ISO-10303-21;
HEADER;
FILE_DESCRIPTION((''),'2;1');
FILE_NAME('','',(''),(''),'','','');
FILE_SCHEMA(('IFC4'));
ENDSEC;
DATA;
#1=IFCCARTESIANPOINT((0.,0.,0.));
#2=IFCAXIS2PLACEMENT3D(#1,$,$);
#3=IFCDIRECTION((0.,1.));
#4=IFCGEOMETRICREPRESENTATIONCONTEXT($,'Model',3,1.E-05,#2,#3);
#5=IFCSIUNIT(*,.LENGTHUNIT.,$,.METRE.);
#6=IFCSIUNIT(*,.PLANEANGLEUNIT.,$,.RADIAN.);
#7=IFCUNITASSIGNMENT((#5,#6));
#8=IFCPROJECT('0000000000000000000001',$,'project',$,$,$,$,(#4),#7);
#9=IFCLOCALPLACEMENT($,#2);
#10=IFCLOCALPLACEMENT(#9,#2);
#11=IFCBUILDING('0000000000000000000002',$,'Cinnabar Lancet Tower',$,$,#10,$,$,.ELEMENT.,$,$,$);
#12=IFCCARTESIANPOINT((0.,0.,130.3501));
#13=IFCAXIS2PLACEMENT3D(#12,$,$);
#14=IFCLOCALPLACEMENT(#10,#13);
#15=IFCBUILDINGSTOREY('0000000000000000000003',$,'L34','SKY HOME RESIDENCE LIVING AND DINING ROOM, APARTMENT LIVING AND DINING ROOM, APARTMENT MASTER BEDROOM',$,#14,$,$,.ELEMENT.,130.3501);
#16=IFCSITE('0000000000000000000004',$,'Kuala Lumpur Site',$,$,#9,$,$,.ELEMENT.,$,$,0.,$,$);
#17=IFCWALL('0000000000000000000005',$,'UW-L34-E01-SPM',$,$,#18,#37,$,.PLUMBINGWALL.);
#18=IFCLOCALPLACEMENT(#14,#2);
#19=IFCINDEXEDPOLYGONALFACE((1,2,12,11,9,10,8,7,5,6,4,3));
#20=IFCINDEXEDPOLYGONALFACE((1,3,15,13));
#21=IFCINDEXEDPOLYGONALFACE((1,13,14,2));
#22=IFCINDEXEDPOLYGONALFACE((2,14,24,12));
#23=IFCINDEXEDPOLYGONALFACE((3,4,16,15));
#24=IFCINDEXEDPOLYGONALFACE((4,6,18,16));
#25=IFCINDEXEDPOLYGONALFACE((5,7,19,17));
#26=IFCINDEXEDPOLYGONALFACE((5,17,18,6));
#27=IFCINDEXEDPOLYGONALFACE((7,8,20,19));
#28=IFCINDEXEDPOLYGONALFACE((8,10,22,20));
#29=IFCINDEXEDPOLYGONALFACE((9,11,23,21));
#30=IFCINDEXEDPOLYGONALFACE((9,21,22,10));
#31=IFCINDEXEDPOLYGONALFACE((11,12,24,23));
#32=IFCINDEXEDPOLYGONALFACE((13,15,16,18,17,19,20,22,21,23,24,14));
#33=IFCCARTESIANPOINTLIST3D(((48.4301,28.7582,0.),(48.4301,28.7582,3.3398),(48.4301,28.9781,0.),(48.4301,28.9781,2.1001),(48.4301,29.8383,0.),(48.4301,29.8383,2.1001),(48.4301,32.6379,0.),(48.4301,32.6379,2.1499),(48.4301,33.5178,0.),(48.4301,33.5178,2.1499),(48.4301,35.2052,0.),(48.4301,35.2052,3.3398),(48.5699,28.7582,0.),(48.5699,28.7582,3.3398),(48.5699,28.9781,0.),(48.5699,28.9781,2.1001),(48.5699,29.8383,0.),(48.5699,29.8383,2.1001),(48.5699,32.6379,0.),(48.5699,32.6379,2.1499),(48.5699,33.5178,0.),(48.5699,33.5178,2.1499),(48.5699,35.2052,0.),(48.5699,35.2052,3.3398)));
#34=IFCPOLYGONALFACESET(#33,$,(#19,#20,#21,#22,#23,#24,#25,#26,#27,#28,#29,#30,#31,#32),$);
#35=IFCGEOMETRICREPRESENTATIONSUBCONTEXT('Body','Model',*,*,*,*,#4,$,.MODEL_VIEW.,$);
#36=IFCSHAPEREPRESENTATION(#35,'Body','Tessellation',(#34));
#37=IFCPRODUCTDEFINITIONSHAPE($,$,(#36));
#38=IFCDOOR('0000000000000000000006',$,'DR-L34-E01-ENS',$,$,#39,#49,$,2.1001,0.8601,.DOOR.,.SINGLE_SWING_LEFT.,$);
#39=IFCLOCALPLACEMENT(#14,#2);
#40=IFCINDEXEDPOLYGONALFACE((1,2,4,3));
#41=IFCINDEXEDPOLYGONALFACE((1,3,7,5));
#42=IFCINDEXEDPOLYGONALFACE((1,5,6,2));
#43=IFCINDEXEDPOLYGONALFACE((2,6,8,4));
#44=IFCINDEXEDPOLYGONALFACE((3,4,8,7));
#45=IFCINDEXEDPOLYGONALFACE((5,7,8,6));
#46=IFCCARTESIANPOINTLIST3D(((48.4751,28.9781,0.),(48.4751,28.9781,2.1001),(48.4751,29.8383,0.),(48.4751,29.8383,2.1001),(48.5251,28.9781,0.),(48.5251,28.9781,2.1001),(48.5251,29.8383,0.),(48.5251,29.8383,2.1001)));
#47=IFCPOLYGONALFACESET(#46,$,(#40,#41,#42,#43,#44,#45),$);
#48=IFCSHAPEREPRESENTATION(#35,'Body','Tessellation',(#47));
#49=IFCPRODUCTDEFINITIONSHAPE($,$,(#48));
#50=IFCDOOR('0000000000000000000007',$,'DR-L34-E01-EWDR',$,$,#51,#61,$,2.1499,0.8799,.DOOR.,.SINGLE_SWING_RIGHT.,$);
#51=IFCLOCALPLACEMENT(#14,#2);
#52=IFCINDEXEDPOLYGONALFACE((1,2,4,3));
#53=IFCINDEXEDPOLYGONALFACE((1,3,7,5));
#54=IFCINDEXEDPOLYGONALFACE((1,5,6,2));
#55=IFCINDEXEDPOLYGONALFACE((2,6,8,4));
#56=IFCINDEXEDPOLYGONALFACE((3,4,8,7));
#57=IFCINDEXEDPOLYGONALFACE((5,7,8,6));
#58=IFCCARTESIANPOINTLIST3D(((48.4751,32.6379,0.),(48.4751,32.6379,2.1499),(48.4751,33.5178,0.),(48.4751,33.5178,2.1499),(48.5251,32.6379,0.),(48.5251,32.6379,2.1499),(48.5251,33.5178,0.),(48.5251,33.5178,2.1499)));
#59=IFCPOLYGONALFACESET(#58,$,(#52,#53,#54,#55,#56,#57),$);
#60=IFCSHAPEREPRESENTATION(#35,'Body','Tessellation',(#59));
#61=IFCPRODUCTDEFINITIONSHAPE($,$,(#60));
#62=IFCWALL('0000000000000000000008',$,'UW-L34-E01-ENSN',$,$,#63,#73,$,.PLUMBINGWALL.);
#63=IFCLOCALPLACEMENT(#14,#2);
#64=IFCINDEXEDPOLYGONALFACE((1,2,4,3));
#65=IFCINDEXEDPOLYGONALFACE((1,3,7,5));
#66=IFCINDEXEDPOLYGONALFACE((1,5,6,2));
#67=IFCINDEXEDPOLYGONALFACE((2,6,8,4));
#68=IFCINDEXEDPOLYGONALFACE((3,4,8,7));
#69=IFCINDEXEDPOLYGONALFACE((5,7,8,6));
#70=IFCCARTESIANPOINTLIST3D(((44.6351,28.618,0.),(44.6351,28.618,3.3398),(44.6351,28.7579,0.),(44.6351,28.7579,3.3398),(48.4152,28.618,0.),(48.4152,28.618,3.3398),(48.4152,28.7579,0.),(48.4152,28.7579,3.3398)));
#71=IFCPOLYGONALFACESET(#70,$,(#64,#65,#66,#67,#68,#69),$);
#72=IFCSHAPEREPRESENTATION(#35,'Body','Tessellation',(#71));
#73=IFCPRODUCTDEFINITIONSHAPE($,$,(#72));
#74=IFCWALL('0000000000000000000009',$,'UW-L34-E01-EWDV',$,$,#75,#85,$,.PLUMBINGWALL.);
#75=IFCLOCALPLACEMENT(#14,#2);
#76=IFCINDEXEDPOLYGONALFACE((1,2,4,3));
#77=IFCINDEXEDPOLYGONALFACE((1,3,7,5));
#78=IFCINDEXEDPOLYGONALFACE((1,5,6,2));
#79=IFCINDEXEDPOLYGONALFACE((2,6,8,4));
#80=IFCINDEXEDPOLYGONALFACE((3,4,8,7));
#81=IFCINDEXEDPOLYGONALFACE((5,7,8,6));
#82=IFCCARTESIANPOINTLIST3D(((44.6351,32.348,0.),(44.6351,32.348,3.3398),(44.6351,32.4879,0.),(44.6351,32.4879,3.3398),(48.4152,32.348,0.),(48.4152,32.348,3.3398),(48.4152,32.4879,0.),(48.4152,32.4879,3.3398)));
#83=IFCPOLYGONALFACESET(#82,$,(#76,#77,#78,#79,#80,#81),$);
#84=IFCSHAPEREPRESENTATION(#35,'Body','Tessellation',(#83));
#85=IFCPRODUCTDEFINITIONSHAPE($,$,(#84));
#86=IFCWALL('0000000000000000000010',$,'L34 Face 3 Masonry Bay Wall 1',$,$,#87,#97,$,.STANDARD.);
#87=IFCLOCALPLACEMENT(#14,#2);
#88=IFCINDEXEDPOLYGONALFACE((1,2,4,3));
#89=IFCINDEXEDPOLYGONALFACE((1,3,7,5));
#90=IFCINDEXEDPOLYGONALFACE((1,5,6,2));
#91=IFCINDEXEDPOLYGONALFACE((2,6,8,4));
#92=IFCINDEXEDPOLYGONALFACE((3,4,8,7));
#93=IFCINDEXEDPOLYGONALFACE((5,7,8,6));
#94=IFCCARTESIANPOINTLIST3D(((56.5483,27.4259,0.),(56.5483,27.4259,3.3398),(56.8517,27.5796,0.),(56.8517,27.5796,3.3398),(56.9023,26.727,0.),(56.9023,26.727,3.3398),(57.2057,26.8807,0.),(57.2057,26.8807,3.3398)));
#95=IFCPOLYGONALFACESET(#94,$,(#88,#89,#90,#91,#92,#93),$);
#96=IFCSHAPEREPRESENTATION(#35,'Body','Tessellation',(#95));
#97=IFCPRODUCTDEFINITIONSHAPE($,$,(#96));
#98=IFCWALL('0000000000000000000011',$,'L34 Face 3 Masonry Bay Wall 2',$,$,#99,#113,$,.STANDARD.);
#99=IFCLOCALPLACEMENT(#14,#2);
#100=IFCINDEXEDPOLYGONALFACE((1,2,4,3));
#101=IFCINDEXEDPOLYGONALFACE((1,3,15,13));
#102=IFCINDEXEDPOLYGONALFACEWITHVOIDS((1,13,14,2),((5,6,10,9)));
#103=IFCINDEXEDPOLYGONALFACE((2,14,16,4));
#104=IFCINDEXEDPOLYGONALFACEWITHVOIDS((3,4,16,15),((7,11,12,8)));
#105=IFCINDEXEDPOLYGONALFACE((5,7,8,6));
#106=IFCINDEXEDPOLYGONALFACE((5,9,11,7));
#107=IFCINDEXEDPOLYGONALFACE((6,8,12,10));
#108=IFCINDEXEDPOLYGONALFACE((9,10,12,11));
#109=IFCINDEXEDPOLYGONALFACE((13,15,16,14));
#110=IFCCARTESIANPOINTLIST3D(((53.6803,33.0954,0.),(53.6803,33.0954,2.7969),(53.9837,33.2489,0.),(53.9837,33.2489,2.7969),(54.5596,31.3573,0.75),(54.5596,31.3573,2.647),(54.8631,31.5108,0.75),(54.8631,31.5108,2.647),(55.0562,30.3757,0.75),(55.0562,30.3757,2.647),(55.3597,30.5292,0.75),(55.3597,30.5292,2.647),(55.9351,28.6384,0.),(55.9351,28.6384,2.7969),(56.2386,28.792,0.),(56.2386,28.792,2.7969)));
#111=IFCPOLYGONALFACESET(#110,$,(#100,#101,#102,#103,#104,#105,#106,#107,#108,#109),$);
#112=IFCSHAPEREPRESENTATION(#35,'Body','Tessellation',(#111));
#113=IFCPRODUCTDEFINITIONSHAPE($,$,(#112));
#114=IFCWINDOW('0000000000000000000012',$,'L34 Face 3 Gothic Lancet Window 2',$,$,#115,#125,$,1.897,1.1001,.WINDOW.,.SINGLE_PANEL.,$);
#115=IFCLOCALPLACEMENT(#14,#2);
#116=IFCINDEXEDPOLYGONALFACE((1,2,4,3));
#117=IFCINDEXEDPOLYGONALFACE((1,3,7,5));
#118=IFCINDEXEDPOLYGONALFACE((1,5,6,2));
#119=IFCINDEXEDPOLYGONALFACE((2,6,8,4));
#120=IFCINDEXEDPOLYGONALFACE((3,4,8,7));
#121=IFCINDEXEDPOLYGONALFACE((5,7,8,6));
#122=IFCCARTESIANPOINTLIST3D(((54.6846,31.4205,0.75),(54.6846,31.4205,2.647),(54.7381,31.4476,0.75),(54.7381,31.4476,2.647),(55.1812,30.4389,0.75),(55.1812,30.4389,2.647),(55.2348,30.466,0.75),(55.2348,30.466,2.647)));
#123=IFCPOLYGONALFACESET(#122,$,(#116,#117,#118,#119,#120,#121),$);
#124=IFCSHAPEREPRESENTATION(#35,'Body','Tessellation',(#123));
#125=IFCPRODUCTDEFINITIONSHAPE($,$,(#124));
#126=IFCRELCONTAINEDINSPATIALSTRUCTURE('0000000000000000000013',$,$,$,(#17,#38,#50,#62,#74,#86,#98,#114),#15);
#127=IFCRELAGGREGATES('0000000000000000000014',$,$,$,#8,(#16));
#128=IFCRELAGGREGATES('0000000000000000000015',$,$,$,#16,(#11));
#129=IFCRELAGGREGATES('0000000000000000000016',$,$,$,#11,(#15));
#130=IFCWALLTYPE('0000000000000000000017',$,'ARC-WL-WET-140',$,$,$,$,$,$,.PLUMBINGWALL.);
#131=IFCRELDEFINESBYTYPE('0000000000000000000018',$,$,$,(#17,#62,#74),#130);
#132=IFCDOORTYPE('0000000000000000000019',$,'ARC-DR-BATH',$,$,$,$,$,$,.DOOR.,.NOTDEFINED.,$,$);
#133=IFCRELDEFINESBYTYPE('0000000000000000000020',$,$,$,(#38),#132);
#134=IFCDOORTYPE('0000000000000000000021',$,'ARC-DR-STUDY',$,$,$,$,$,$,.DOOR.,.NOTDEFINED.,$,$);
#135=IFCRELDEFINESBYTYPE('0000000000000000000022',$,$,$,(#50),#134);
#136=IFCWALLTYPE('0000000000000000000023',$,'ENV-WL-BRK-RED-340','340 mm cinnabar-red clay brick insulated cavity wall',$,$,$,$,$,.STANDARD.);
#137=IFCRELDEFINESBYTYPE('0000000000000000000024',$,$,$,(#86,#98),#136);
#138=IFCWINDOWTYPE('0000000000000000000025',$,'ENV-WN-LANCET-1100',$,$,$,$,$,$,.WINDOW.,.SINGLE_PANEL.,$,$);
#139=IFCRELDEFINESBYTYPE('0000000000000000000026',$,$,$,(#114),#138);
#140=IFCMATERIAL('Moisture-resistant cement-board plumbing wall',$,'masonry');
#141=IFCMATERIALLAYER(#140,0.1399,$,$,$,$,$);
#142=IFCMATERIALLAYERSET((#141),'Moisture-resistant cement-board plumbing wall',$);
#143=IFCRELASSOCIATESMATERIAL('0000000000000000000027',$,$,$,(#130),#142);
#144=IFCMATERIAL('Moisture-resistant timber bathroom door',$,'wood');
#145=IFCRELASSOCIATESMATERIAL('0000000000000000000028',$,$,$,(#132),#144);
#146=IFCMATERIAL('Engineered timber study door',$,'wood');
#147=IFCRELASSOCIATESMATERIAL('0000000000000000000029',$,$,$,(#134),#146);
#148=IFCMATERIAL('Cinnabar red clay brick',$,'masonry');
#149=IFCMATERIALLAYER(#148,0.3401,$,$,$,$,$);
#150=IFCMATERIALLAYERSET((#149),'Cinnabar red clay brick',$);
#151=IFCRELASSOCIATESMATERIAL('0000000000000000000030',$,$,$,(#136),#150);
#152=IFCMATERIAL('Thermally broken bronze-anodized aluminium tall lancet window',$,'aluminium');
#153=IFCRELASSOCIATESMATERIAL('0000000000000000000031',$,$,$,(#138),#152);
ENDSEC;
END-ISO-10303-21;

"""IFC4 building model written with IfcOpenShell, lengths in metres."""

from ifc_helpers import new_model, si_unit, direction, frame, frame_2d, origin, place, context, subcontext, project, spatial, rectangle, extrude, material, layer, layer_set, type_object, element, fill, save


model = new_model("IFC4")

# Units and contexts
model_context = context("Model", 3, precision=1e-05, world=origin(), true_north=direction((0.0, 1.0)))
body_context = subcontext(model_context, "Body", "Model", "MODEL_VIEW")
ifc_project = project(units=[si_unit("LENGTHUNIT", "METRE"), si_unit("PLANEANGLEUNIT", "RADIAN")], contexts=[model_context])

# Site, building, storey
site_placement = place(None, origin())
site = spatial("IfcSite", under=ifc_project, at=site_placement, Name="Kuala Lumpur Site", CompositionType="ELEMENT", RefElevation=0.0)
building_placement = place(site_placement, origin())
building = spatial("IfcBuilding", under=site, at=building_placement, Name="Cinnabar Lancet Tower", CompositionType="ELEMENT")
storey_placement = place(building_placement, frame((0.0, 0.0, 130.3501)))
storey = spatial("IfcBuildingStorey", under=building, at=storey_placement, Name="L34", Description="SKY HOME RESIDENCE LIVING AND DINING ROOM, APARTMENT LIVING AND DINING ROOM, APARTMENT MASTER BEDROOM", CompositionType="ELEMENT", Elevation=130.3501)

# Wall, openings, doors
ifc_material_1 = material(Name="Moisture-resistant cement-board plumbing wall", Category="masonry")
ifc_layer_1 = layer(ifc_material_1, 0.1399)
ifc_layer_set_1 = layer_set([ifc_layer_1], Name="Moisture-resistant cement-board plumbing wall")
wall_type_1 = type_object("IfcWallType", Name="ARC-WL-WET-140", PredefinedType="PLUMBINGWALL", material=ifc_layer_set_1)
wall_1_placement = place(storey_placement, frame((48.5, 28.7581, 0.0), z_axis=(0.0, 0.0, 1.0), x_axis=(0.0, 1.0, 0.0)))
wall_1 = element("IfcWall", 1, at=wall_1_placement, inside=storey, type_object=wall_type_1, Name="UW-L34-E01-SPM", PredefinedType="PLUMBINGWALL", context=body_context, shape_type="SweptSolid", body=[
    extrude(rectangle(XDim=6.447, YDim=0.1399, at=frame_2d((3.2236, 0.0))), origin(), (0.0, 0.0, 1.0), 3.3398),
])
opening_1_placement = place(wall_1_placement, frame((0.22, 0.0, 0.0)))
opening_1 = element("IfcOpeningElement", 2, at=opening_1_placement, cuts=wall_1, PredefinedType="OPENING", context=body_context, shape_type="SweptSolid", body=[
    extrude(rectangle(XDim=0.8601, YDim=2.1001, at=frame_2d((0.4302, 1.05))), frame((0.0, 0.0798, 0.0), z_axis=(0.0, -1.0, 0.0), x_axis=(1.0, 0.0, 0.0)), (0.0, 0.0, 1.0), 0.1599),
])
opening_2_placement = place(wall_1_placement, frame((3.8799, 0.0, 0.0)))
opening_2 = element("IfcOpeningElement", 3, at=opening_2_placement, cuts=wall_1, PredefinedType="OPENING", context=body_context, shape_type="SweptSolid", body=[
    extrude(rectangle(XDim=0.8799, YDim=2.1499, at=frame_2d((0.4399, 1.075))), frame((0.0, 0.0798, 0.0), z_axis=(0.0, -1.0, 0.0), x_axis=(1.0, 0.0, 0.0)), (0.0, 0.0, 1.0), 0.1599),
])
ifc_material_2 = material(Name="Moisture-resistant timber bathroom door", Category="wood")
door_type_1 = type_object("IfcDoorType", Name="ARC-DR-BATH", OperationType="NOTDEFINED", PredefinedType="DOOR", material=ifc_material_2)
door_1_placement = place(opening_1_placement, origin())
door_1 = element("IfcDoor", 4, at=door_1_placement, inside=storey, type_object=door_type_1, Name="DR-L34-E01-ENS", OperationType="SINGLE_SWING_LEFT", OverallHeight=2.1001, OverallWidth=0.8601, PredefinedType="DOOR", context=body_context, shape_type="SweptSolid", body=[
    extrude(rectangle(XDim=0.8601, YDim=2.1001, at=frame_2d((0.4302, 1.05))), frame((0.0, 0.0249, 0.0), z_axis=(0.0, -1.0, 0.0), x_axis=(1.0, 0.0, 0.0)), (0.0, 0.0, 1.0), 0.05),
])
fill(opening_1, door_1)
ifc_material_3 = material(Name="Engineered timber study door", Category="wood")
door_type_2 = type_object("IfcDoorType", Name="ARC-DR-STUDY", OperationType="NOTDEFINED", PredefinedType="DOOR", material=ifc_material_3)
door_2_placement = place(opening_2_placement, origin())
door_2 = element("IfcDoor", 5, at=door_2_placement, inside=storey, type_object=door_type_2, Name="DR-L34-E01-EWDR", OperationType="SINGLE_SWING_RIGHT", OverallHeight=2.1499, OverallWidth=0.8799, PredefinedType="DOOR", context=body_context, shape_type="SweptSolid", body=[
    extrude(rectangle(XDim=0.8799, YDim=2.1499, at=frame_2d((0.4399, 1.075))), frame((0.0, 0.0249, 0.0), z_axis=(0.0, -1.0, 0.0), x_axis=(1.0, 0.0, 0.0)), (0.0, 0.0, 1.0), 0.05),
])
fill(opening_2, door_2)

# Walls
for number, where, z_axis, x_axis, name in (
    (6, (44.635, 28.688, 0.0), (0.0, 0.0, 1.0), (1.0, 0.0, 0.0), "UW-L34-E01-ENSN"),
    (7, (44.635, 32.418, 0.0), (0.0, 0.0, 1.0), (1.0, 0.0, 0.0), "UW-L34-E01-EWDV"),
):
    element("IfcWall", number, at=place(storey_placement, frame(where, z_axis=z_axis, x_axis=x_axis)), inside=storey, type_object=wall_type_1, Name=name, PredefinedType="PLUMBINGWALL", context=body_context, shape_type="SweptSolid", body=[
        extrude(rectangle(XDim=3.78, YDim=0.1399, at=frame_2d((1.8901, 0.0))), origin(), (0.0, 0.0, 1.0), 3.3398),
    ])
ifc_material_4 = material(Name="Cinnabar red clay brick", Category="masonry")
ifc_layer_2 = layer(ifc_material_4, 0.3401)
ifc_layer_set_2 = layer_set([ifc_layer_2], Name="Cinnabar red clay brick")
wall_type_2 = type_object("IfcWallType", Name="ENV-WL-BRK-RED-340", Description="340 mm cinnabar-red clay brick insulated cavity wall", PredefinedType="STANDARD", material=ifc_layer_set_2)
wall_2_placement = place(storey_placement, frame((57.054, 26.804, 0.0), z_axis=(0.0, 0.0, 1.0), x_axis=(-0.451819, 0.892109, 0.0)))
element("IfcWall", 8, at=wall_2_placement, inside=storey, type_object=wall_type_2, Name="L34 Face 3 Masonry Bay Wall 1", PredefinedType="STANDARD", context=body_context, shape_type="SweptSolid", body=[
    extrude(rectangle(XDim=0.7834, YDim=0.3401, at=frame_2d((0.3916, 0.0))), origin(), (0.0, 0.0, 1.0), 3.3398),
])

# Wall, opening, window
wall_3_placement = place(storey_placement, frame((56.0869, 28.7151, 0.0), z_axis=(0.0, 0.0, 1.0), x_axis=(-0.451432, 0.892306, 0.0)))
wall_3 = element("IfcWall", 9, at=wall_3_placement, inside=storey, type_object=wall_type_2, Name="L34 Face 3 Masonry Bay Wall 2", PredefinedType="STANDARD", context=body_context, shape_type="SweptSolid", body=[
    extrude(rectangle(XDim=4.9949, YDim=0.3401, at=frame_2d((2.4976, 0.0))), origin(), (0.0, 0.0, 1.0), 2.7969),
])
opening_3_placement = place(wall_3_placement, frame((1.947, 0.0, 0.75)))
opening_3 = element("IfcOpeningElement", 10, at=opening_3_placement, cuts=wall_3, PredefinedType="OPENING", context=body_context, shape_type="SweptSolid", body=[
    extrude(rectangle(XDim=1.1001, YDim=1.897, at=frame_2d((0.55, 0.9485))), frame((0.0, 0.1799, 0.0), z_axis=(0.0, -1.0, 0.0), x_axis=(1.0, 0.0, 0.0)), (0.0, 0.0, 1.0), 0.3601),
])
ifc_material_5 = material(Name="Thermally broken bronze-anodized aluminium tall lancet window", Category="aluminium")
window_type = type_object("IfcWindowType", Name="ENV-WN-LANCET-1100", PartitioningType="SINGLE_PANEL", PredefinedType="WINDOW", material=ifc_material_5)
window_placement = place(opening_3_placement, origin())
window = element("IfcWindow", 11, at=window_placement, inside=storey, type_object=window_type, Name="L34 Face 3 Gothic Lancet Window 2", OverallHeight=1.897, OverallWidth=1.1001, PartitioningType="SINGLE_PANEL", PredefinedType="WINDOW", context=body_context, shape_type="SweptSolid", body=[
    extrude(rectangle(XDim=1.1001, YDim=1.897, at=frame_2d((0.55, 0.9485))), frame((0.0, 0.03, 0.0), z_axis=(0.0, -1.0, 0.0), x_axis=(1.0, 0.0, 0.0)), (0.0, 0.0, 1.0), 0.0601),
])
fill(opening_3, window)

save(model, "model.ifc")
